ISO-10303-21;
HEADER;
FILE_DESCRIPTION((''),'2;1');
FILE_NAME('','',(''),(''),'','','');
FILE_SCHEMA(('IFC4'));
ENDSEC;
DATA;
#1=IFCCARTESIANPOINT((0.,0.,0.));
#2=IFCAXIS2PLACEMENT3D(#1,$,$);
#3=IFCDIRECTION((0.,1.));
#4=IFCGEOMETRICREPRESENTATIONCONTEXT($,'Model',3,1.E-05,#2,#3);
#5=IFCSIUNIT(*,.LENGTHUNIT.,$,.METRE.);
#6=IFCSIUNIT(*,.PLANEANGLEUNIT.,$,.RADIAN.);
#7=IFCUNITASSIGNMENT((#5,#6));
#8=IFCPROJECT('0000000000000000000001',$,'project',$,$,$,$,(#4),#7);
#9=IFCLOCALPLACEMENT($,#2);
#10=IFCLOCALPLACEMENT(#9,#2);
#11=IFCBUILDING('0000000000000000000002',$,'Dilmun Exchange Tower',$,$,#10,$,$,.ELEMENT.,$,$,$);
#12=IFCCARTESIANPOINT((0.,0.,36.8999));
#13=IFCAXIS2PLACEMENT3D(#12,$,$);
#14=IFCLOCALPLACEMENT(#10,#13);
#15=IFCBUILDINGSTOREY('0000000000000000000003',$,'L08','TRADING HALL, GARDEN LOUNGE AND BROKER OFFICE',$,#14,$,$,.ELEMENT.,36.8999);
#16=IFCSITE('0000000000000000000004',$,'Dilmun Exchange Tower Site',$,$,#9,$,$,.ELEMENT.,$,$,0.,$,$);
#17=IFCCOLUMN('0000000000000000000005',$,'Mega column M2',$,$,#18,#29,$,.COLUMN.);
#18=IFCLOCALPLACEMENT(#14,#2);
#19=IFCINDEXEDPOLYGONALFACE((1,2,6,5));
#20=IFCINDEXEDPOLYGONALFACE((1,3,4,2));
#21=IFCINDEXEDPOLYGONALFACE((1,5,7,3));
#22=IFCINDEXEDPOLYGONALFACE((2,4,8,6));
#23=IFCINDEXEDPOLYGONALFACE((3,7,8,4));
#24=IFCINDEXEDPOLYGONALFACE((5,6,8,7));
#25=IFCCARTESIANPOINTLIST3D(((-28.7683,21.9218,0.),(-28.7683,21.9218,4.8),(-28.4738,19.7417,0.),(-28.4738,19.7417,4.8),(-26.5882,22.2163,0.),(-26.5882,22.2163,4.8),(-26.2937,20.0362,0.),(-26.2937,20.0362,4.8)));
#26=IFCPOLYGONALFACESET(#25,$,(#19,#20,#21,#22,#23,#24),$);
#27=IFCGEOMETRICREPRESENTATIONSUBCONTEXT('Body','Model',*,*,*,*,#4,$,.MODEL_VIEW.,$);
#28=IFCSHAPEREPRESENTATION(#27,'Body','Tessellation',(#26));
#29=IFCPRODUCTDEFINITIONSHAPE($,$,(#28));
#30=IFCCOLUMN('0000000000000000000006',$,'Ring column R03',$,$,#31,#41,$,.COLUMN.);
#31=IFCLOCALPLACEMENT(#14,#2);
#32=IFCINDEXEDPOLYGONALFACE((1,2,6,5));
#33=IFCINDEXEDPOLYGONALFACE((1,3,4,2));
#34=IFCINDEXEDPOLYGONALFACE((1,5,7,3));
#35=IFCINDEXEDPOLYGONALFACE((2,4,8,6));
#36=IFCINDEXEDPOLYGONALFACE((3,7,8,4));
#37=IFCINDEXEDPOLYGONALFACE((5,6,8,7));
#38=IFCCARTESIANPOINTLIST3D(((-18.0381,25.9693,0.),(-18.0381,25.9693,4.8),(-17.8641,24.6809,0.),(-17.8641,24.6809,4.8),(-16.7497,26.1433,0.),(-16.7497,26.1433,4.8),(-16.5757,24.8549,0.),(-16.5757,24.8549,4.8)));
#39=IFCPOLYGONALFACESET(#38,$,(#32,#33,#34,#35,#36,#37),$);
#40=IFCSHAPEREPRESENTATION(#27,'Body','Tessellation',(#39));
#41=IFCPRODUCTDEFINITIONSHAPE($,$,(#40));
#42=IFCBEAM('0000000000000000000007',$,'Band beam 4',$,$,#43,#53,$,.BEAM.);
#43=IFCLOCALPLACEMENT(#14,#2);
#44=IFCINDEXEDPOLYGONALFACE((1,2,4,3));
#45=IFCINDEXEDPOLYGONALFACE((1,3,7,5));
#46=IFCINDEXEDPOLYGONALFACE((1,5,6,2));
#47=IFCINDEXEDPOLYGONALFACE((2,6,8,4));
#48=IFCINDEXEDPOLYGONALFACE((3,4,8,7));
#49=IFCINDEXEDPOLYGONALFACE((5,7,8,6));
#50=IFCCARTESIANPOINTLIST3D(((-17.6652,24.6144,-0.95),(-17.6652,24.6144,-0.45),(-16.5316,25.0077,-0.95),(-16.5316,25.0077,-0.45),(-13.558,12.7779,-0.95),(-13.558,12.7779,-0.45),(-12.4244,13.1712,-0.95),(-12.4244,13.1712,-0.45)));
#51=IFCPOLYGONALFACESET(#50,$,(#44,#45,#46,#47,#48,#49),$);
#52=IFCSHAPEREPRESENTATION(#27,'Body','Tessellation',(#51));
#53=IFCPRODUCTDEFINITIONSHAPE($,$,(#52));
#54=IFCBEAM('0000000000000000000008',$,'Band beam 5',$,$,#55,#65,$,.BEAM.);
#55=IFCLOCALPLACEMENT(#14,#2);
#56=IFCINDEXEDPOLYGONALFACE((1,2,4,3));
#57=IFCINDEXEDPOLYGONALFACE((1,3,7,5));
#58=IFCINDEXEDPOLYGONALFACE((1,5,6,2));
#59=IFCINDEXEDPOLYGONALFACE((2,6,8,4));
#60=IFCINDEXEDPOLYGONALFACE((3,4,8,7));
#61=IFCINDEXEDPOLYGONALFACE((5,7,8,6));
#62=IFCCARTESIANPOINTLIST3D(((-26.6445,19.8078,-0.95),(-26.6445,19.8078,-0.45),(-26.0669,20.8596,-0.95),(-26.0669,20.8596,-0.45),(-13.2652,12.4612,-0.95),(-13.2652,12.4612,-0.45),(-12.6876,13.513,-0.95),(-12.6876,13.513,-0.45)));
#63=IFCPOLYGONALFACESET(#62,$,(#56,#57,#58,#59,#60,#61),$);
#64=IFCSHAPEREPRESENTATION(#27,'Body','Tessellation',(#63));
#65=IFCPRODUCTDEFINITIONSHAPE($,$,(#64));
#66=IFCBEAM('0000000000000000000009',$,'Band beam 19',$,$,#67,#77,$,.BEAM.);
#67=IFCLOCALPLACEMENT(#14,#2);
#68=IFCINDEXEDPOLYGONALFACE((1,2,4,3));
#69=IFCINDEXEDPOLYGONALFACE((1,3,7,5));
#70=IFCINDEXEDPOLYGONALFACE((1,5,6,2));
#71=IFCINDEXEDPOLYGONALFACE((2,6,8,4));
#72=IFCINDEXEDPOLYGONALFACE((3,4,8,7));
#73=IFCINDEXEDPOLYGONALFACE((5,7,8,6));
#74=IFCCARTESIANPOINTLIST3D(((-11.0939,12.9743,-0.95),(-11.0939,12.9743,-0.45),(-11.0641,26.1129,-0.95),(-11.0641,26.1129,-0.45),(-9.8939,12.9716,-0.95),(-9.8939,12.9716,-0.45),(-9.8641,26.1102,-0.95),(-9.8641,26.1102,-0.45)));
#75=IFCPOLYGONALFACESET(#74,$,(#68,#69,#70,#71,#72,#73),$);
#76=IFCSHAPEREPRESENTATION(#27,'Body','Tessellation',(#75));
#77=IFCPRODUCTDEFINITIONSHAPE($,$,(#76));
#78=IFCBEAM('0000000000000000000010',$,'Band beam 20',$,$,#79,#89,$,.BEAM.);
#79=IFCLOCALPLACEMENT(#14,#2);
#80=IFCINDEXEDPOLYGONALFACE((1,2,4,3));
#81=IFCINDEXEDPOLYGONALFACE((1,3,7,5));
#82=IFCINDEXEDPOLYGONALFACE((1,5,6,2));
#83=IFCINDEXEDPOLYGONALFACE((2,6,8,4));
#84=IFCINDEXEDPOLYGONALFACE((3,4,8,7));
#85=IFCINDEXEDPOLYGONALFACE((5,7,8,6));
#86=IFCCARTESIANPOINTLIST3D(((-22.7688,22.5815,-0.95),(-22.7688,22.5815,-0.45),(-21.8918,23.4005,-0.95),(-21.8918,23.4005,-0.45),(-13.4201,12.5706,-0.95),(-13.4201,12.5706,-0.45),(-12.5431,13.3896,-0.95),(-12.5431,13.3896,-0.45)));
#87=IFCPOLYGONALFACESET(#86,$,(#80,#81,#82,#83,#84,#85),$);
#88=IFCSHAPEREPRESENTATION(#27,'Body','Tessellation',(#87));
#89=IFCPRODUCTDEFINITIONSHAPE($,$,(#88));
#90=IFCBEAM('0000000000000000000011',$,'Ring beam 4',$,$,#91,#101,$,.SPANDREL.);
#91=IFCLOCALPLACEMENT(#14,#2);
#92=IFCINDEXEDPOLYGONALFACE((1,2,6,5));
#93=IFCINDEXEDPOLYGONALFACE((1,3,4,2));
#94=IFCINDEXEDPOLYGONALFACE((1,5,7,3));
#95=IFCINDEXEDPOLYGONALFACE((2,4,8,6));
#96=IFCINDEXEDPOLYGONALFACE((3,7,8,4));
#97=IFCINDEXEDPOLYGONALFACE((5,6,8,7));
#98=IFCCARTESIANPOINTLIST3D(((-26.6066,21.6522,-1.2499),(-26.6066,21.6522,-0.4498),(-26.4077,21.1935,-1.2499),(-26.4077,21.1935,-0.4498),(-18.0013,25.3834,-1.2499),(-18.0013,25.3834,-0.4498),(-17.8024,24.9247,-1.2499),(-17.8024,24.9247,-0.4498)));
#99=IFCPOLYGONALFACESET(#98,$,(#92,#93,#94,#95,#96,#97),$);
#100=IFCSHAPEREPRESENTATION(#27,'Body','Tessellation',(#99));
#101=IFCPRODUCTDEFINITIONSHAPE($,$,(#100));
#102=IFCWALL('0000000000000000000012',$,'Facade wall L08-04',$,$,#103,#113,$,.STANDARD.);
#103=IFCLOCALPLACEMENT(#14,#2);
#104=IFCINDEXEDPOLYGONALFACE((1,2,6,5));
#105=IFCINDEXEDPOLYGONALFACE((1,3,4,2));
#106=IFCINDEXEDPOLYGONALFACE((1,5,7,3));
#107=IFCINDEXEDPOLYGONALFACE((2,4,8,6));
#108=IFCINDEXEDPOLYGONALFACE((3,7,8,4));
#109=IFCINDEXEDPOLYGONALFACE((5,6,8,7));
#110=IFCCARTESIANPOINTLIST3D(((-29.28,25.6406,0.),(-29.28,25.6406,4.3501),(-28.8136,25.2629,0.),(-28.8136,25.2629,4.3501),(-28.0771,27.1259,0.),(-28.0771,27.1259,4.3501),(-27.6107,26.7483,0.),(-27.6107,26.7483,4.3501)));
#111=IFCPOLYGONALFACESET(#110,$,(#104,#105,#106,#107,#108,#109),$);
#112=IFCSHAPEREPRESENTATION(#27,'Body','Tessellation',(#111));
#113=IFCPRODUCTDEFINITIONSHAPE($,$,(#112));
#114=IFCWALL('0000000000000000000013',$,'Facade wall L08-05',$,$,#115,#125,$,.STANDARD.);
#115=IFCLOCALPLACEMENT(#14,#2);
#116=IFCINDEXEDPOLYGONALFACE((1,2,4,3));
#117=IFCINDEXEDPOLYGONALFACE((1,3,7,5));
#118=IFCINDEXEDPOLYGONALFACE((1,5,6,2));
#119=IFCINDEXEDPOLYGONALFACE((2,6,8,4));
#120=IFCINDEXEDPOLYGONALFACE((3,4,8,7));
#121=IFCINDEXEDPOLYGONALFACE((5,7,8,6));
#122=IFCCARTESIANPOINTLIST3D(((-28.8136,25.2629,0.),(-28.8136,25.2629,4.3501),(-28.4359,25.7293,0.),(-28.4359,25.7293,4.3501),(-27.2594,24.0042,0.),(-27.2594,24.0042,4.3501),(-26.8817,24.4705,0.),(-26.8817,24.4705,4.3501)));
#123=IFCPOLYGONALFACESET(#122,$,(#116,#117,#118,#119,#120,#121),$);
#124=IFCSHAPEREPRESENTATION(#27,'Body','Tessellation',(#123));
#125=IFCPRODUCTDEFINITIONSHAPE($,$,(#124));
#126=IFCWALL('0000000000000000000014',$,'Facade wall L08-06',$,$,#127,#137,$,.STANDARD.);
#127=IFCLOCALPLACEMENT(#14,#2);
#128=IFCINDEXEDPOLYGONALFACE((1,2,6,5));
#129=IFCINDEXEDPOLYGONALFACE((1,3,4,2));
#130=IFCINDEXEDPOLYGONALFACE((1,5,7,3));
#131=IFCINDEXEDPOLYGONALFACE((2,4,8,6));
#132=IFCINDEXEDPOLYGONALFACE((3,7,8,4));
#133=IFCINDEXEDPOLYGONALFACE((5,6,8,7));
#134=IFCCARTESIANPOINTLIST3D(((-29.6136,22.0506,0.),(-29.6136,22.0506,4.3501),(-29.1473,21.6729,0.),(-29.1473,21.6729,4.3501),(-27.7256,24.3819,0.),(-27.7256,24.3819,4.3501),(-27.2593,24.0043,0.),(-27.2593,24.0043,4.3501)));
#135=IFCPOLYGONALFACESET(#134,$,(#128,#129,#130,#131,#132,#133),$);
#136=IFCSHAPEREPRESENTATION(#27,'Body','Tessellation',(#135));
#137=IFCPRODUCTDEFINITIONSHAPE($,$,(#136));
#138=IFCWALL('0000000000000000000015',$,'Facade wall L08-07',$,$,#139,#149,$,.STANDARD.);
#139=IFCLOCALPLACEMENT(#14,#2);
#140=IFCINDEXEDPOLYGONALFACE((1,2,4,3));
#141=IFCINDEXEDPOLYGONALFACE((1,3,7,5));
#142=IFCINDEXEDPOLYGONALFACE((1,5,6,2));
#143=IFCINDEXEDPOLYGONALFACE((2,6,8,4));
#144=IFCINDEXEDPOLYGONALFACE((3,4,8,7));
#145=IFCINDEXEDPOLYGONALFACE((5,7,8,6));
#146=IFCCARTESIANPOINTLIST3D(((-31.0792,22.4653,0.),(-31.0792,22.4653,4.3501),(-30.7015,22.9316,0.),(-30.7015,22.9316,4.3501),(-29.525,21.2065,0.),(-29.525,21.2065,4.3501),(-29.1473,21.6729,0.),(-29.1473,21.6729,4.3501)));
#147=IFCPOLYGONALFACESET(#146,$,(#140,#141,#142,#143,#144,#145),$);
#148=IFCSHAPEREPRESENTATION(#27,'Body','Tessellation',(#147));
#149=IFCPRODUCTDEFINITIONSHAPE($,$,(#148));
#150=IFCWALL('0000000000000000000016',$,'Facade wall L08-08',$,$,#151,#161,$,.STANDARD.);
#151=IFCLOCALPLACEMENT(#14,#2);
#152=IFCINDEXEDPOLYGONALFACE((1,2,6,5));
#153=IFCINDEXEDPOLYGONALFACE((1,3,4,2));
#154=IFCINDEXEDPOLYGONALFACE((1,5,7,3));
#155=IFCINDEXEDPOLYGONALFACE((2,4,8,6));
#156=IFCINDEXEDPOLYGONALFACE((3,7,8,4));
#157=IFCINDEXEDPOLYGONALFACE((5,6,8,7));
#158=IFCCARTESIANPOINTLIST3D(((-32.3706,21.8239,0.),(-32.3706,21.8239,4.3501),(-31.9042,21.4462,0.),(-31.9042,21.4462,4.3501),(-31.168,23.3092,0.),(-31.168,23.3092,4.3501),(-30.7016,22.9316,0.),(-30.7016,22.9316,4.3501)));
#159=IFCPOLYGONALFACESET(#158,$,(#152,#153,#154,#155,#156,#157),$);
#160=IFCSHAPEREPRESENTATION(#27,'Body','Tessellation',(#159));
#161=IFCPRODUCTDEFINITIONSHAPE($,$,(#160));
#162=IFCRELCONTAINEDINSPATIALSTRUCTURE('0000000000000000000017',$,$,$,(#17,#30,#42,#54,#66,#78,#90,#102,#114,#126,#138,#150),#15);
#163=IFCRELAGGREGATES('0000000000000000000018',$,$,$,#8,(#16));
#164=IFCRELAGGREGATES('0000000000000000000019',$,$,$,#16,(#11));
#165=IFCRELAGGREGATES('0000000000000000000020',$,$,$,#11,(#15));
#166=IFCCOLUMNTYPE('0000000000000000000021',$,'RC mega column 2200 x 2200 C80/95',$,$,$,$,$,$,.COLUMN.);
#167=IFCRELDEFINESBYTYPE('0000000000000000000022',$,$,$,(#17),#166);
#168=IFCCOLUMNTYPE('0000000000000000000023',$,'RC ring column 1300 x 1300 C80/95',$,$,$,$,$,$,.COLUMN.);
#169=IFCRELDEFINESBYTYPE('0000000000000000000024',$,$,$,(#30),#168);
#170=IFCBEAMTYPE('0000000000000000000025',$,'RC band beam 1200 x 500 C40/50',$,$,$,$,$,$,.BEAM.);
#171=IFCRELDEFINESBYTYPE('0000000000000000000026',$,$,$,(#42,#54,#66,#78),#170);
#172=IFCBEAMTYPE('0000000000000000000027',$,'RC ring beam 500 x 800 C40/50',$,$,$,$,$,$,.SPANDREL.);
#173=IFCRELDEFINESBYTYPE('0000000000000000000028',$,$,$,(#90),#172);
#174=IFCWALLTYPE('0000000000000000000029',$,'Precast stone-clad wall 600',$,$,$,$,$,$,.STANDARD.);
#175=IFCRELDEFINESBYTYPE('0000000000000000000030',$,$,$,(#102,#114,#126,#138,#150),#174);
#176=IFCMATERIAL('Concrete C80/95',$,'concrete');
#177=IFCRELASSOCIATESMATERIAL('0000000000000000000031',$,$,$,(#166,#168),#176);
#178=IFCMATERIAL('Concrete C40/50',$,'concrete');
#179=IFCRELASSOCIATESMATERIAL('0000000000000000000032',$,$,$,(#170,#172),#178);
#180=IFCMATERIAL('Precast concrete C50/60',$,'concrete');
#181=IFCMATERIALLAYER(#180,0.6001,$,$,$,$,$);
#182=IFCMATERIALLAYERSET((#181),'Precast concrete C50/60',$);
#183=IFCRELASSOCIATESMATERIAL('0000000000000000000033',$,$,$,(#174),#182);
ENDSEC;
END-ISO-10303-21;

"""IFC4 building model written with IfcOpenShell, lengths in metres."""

from ifc_helpers import new_model, si_unit, direction, frame, frame_2d, origin, origin_2d, place, context, subcontext, project, spatial, rectangle, extrude, material, layer, layer_set, material_profile, profile_set, type_object, element, save


model = new_model("IFC4")

# Units and contexts
model_context = context("Model", 3, precision=1e-05, world=origin(), true_north=direction((0.0, 1.0)))
body_context = subcontext(model_context, "Body", "Model", "MODEL_VIEW")
ifc_project = project(units=[si_unit("LENGTHUNIT", "METRE"), si_unit("PLANEANGLEUNIT", "RADIAN")], contexts=[model_context])

# Site, building, storey
site_placement = place(None, origin())
site = spatial("IfcSite", under=ifc_project, at=site_placement, Name="Dilmun Exchange Tower Site", CompositionType="ELEMENT", RefElevation=0.0)
building_placement = place(site_placement, origin())
building = spatial("IfcBuilding", under=site, at=building_placement, Name="Dilmun Exchange Tower", CompositionType="ELEMENT")
storey_placement = place(building_placement, frame((0.0, 0.0, 36.8999)))
storey = spatial("IfcBuildingStorey", under=building, at=storey_placement, Name="L08", Description="TRADING HALL, GARDEN LOUNGE AND BROKER OFFICE", CompositionType="ELEMENT", Elevation=36.8999)

# Columns
ifc_material_1 = material(Name="Concrete C80/95", Category="concrete")
ifc_material_profile_1 = material_profile(ifc_material_1, rectangle(XDim=2.2, YDim=2.2, at=origin_2d()), Name="2200 x 2200")
ifc_profile_set_1 = profile_set([ifc_material_profile_1], Name="Concrete C80/95")
column_type_1 = type_object("IfcColumnType", Name="RC mega column 2200 x 2200 C80/95", PredefinedType="COLUMN", material=ifc_profile_set_1)
column_1_placement = place(storey_placement, frame((-27.531, 20.979, 0.0), z_axis=(0.0, 0.0, 1.0), x_axis=(0.991001, 0.133853, 0.0)))
element("IfcColumn", 1, at=column_1_placement, inside=storey, type_object=column_type_1, Name="Mega column M2", PredefinedType="COLUMN", context=body_context, shape_type="SweptSolid", body=[
    extrude(rectangle(XDim=2.2, YDim=2.2, at=origin_2d()), origin(), (0.0, 0.0, 1.0), 4.8),
])
ifc_material_profile_2 = material_profile(ifc_material_1, rectangle(XDim=1.3, YDim=1.3, at=origin_2d()), Name="1300 x 1300")
ifc_profile_set_2 = profile_set([ifc_material_profile_2], Name="Concrete C80/95")
column_type_2 = type_object("IfcColumnType", Name="RC ring column 1300 x 1300 C80/95", PredefinedType="COLUMN", material=ifc_profile_set_2)
column_2_placement = place(storey_placement, frame((-17.3069, 25.4121, 0.0), z_axis=(0.0, 0.0, 1.0), x_axis=(0.991001, 0.133853, 0.0)))
element("IfcColumn", 2, at=column_2_placement, inside=storey, type_object=column_type_2, Name="Ring column R03", PredefinedType="COLUMN", context=body_context, shape_type="SweptSolid", body=[
    extrude(rectangle(XDim=1.3, YDim=1.3, at=origin_2d()), origin(), (0.0, 0.0, 1.0), 4.8),
])

# Beams
ifc_material_2 = material(Name="Concrete C40/50", Category="concrete")
ifc_material_profile_3 = material_profile(ifc_material_2, rectangle(XDim=1.2, YDim=0.5, at=origin_2d()), Name="1200 x 500")
ifc_profile_set_3 = profile_set([ifc_material_profile_3], Name="Concrete C40/50")
beam_type_1 = type_object("IfcBeamType", Name="RC band beam 1200 x 500 C40/50", PredefinedType="BEAM", material=ifc_profile_set_3)
beam_1_placement = place(storey_placement, frame((-17.0984, 24.811, -0.7), z_axis=(0.32782, -0.94474, 0.0), x_axis=(0.94474, 0.32782, 0.0)))
element("IfcBeam", 3, at=beam_1_placement, inside=storey, type_object=beam_type_1, Name="Band beam 4", PredefinedType="BEAM", context=body_context, shape_type="SweptSolid", body=[
    extrude(rectangle(XDim=1.2, YDim=0.5, at=origin_2d()), origin(), (0.0, 0.0, 1.0), 12.5288),
])
beam_2_placement = place(storey_placement, frame((-26.3557, 20.3337, -0.7), z_axis=(0.876547, -0.481316, 0.0), x_axis=(0.481316, 0.876547, 0.0)))
element("IfcBeam", 4, at=beam_2_placement, inside=storey, type_object=beam_type_1, Name="Band beam 5", PredefinedType="BEAM", context=body_context, shape_type="SweptSolid", body=[
    extrude(rectangle(XDim=1.2, YDim=0.5, at=origin_2d()), origin(), (0.0, 0.0, 1.0), 15.2637),
])
beam_3_placement = place(storey_placement, frame((-10.4641, 26.1116, -0.7), z_axis=(-0.002267, -0.999997, 0.0), x_axis=(0.999997, -0.002267, 0.0)))
element("IfcBeam", 5, at=beam_3_placement, inside=storey, type_object=beam_type_1, Name="Band beam 19", PredefinedType="BEAM", context=body_context, shape_type="SweptSolid", body=[
    extrude(rectangle(XDim=1.2, YDim=0.5, at=origin_2d()), origin(), (0.0, 0.0, 1.0), 13.1387),
])
beam_4_placement = place(storey_placement, frame((-22.3303, 22.991, -0.7), z_axis=(0.682524, -0.730863, 0.0), x_axis=(0.730863, 0.682524, 0.0)))
element("IfcBeam", 6, at=beam_4_placement, inside=storey, type_object=beam_type_1, Name="Band beam 20", PredefinedType="BEAM", context=body_context, shape_type="SweptSolid", body=[
    extrude(rectangle(XDim=1.2, YDim=0.5, at=origin_2d()), origin(), (0.0, 0.0, 1.0), 13.6973),
])
ifc_material_profile_4 = material_profile(ifc_material_2, rectangle(XDim=0.5, YDim=0.8, at=origin_2d()), Name="500 x 800")
ifc_profile_set_4 = profile_set([ifc_material_profile_4], Name="Concrete C40/50")
beam_type_2 = type_object("IfcBeamType", Name="RC ring beam 500 x 800 C40/50", PredefinedType="SPANDREL", material=ifc_profile_set_4)
beam_5_placement = place(storey_placement, frame((-17.9019, 25.1541, -0.8499), z_axis=(-0.917467, -0.397811, 0.0), x_axis=(0.397811, -0.917467, 0.0)))
element("IfcBeam", 7, at=beam_5_placement, inside=storey, type_object=beam_type_2, Name="Ring beam 4", PredefinedType="SPANDREL", context=body_context, shape_type="SweptSolid", body=[
    extrude(rectangle(XDim=0.5, YDim=0.8, at=origin_2d()), origin(), (0.0, 0.0, 1.0), 9.3794),
])

# Walls
ifc_material_3 = material(Name="Precast concrete C50/60", Category="concrete")
ifc_layer = layer(ifc_material_3, 0.6001)
ifc_layer_set = layer_set([ifc_layer], Name="Precast concrete C50/60")
wall_type = type_object("IfcWallType", Name="Precast stone-clad wall 600", PredefinedType="STANDARD", material=ifc_layer_set)
wall_1_placement = place(storey_placement, frame((-27.844, 26.937, 0.0), z_axis=(0.0, 0.0, 1.0), x_axis=(-0.629342, -0.777129, 0.0)))
element("IfcWall", 8, at=wall_1_placement, inside=storey, type_object=wall_type, Name="Facade wall L08-04", PredefinedType="STANDARD", context=body_context, shape_type="SweptSolid", body=[
    extrude(rectangle(XDim=1.9114, YDim=0.6001, at=frame_2d((0.9556, 0.0))), origin(), (0.0, 0.0, 1.0), 4.3501),
])
wall_2_placement = place(storey_placement, frame((-28.6248, 25.4961, 0.0), z_axis=(0.0, 0.0, 1.0), x_axis=(0.777091, -0.629388, 0.0)))
element("IfcWall", 9, at=wall_2_placement, inside=storey, type_object=wall_type, Name="Facade wall L08-05", PredefinedType="STANDARD", context=body_context, shape_type="SweptSolid", body=[
    extrude(rectangle(XDim=2.0, YDim=0.6001, at=frame_2d((1.0, 0.0))), origin(), (0.0, 0.0, 1.0), 4.3501),
])
wall_3_placement = place(storey_placement, frame((-27.4924, 24.1931, 0.0), z_axis=(0.0, 0.0, 1.0), x_axis=(-0.629339, -0.777131, 0.0)))
element("IfcWall", 10, at=wall_3_placement, inside=storey, type_object=wall_type, Name="Facade wall L08-06", PredefinedType="STANDARD", context=body_context, shape_type="SweptSolid", body=[
    extrude(rectangle(XDim=3.0, YDim=0.6001, at=frame_2d((1.5, 0.0))), origin(), (0.0, 0.0, 1.0), 4.3501),
])
wall_4_placement = place(storey_placement, frame((-29.3362, 21.4397, 0.0), z_axis=(0.0, 0.0, 1.0), x_axis=(-0.777091, 0.629388, 0.0)))
element("IfcWall", 11, at=wall_4_placement, inside=storey, type_object=wall_type, Name="Facade wall L08-07", PredefinedType="STANDARD", context=body_context, shape_type="SweptSolid", body=[
    extrude(rectangle(XDim=2.0, YDim=0.6001, at=frame_2d((1.0, 0.0))), origin(), (0.0, 0.0, 1.0), 4.3501),
])
wall_5_placement = place(storey_placement, frame((-30.9348, 23.1204, 0.0), z_axis=(0.0, 0.0, 1.0), x_axis=(-0.629264, -0.777191, 0.0)))
element("IfcWall", 12, at=wall_5_placement, inside=storey, type_object=wall_type, Name="Facade wall L08-08", PredefinedType="STANDARD", context=body_context, shape_type="SweptSolid", body=[
    extrude(rectangle(XDim=1.9111, YDim=0.6001, at=frame_2d((0.9556, 0.0))), origin(), (0.0, 0.0, 1.0), 4.3501),
])

save(model, "model.ifc")
